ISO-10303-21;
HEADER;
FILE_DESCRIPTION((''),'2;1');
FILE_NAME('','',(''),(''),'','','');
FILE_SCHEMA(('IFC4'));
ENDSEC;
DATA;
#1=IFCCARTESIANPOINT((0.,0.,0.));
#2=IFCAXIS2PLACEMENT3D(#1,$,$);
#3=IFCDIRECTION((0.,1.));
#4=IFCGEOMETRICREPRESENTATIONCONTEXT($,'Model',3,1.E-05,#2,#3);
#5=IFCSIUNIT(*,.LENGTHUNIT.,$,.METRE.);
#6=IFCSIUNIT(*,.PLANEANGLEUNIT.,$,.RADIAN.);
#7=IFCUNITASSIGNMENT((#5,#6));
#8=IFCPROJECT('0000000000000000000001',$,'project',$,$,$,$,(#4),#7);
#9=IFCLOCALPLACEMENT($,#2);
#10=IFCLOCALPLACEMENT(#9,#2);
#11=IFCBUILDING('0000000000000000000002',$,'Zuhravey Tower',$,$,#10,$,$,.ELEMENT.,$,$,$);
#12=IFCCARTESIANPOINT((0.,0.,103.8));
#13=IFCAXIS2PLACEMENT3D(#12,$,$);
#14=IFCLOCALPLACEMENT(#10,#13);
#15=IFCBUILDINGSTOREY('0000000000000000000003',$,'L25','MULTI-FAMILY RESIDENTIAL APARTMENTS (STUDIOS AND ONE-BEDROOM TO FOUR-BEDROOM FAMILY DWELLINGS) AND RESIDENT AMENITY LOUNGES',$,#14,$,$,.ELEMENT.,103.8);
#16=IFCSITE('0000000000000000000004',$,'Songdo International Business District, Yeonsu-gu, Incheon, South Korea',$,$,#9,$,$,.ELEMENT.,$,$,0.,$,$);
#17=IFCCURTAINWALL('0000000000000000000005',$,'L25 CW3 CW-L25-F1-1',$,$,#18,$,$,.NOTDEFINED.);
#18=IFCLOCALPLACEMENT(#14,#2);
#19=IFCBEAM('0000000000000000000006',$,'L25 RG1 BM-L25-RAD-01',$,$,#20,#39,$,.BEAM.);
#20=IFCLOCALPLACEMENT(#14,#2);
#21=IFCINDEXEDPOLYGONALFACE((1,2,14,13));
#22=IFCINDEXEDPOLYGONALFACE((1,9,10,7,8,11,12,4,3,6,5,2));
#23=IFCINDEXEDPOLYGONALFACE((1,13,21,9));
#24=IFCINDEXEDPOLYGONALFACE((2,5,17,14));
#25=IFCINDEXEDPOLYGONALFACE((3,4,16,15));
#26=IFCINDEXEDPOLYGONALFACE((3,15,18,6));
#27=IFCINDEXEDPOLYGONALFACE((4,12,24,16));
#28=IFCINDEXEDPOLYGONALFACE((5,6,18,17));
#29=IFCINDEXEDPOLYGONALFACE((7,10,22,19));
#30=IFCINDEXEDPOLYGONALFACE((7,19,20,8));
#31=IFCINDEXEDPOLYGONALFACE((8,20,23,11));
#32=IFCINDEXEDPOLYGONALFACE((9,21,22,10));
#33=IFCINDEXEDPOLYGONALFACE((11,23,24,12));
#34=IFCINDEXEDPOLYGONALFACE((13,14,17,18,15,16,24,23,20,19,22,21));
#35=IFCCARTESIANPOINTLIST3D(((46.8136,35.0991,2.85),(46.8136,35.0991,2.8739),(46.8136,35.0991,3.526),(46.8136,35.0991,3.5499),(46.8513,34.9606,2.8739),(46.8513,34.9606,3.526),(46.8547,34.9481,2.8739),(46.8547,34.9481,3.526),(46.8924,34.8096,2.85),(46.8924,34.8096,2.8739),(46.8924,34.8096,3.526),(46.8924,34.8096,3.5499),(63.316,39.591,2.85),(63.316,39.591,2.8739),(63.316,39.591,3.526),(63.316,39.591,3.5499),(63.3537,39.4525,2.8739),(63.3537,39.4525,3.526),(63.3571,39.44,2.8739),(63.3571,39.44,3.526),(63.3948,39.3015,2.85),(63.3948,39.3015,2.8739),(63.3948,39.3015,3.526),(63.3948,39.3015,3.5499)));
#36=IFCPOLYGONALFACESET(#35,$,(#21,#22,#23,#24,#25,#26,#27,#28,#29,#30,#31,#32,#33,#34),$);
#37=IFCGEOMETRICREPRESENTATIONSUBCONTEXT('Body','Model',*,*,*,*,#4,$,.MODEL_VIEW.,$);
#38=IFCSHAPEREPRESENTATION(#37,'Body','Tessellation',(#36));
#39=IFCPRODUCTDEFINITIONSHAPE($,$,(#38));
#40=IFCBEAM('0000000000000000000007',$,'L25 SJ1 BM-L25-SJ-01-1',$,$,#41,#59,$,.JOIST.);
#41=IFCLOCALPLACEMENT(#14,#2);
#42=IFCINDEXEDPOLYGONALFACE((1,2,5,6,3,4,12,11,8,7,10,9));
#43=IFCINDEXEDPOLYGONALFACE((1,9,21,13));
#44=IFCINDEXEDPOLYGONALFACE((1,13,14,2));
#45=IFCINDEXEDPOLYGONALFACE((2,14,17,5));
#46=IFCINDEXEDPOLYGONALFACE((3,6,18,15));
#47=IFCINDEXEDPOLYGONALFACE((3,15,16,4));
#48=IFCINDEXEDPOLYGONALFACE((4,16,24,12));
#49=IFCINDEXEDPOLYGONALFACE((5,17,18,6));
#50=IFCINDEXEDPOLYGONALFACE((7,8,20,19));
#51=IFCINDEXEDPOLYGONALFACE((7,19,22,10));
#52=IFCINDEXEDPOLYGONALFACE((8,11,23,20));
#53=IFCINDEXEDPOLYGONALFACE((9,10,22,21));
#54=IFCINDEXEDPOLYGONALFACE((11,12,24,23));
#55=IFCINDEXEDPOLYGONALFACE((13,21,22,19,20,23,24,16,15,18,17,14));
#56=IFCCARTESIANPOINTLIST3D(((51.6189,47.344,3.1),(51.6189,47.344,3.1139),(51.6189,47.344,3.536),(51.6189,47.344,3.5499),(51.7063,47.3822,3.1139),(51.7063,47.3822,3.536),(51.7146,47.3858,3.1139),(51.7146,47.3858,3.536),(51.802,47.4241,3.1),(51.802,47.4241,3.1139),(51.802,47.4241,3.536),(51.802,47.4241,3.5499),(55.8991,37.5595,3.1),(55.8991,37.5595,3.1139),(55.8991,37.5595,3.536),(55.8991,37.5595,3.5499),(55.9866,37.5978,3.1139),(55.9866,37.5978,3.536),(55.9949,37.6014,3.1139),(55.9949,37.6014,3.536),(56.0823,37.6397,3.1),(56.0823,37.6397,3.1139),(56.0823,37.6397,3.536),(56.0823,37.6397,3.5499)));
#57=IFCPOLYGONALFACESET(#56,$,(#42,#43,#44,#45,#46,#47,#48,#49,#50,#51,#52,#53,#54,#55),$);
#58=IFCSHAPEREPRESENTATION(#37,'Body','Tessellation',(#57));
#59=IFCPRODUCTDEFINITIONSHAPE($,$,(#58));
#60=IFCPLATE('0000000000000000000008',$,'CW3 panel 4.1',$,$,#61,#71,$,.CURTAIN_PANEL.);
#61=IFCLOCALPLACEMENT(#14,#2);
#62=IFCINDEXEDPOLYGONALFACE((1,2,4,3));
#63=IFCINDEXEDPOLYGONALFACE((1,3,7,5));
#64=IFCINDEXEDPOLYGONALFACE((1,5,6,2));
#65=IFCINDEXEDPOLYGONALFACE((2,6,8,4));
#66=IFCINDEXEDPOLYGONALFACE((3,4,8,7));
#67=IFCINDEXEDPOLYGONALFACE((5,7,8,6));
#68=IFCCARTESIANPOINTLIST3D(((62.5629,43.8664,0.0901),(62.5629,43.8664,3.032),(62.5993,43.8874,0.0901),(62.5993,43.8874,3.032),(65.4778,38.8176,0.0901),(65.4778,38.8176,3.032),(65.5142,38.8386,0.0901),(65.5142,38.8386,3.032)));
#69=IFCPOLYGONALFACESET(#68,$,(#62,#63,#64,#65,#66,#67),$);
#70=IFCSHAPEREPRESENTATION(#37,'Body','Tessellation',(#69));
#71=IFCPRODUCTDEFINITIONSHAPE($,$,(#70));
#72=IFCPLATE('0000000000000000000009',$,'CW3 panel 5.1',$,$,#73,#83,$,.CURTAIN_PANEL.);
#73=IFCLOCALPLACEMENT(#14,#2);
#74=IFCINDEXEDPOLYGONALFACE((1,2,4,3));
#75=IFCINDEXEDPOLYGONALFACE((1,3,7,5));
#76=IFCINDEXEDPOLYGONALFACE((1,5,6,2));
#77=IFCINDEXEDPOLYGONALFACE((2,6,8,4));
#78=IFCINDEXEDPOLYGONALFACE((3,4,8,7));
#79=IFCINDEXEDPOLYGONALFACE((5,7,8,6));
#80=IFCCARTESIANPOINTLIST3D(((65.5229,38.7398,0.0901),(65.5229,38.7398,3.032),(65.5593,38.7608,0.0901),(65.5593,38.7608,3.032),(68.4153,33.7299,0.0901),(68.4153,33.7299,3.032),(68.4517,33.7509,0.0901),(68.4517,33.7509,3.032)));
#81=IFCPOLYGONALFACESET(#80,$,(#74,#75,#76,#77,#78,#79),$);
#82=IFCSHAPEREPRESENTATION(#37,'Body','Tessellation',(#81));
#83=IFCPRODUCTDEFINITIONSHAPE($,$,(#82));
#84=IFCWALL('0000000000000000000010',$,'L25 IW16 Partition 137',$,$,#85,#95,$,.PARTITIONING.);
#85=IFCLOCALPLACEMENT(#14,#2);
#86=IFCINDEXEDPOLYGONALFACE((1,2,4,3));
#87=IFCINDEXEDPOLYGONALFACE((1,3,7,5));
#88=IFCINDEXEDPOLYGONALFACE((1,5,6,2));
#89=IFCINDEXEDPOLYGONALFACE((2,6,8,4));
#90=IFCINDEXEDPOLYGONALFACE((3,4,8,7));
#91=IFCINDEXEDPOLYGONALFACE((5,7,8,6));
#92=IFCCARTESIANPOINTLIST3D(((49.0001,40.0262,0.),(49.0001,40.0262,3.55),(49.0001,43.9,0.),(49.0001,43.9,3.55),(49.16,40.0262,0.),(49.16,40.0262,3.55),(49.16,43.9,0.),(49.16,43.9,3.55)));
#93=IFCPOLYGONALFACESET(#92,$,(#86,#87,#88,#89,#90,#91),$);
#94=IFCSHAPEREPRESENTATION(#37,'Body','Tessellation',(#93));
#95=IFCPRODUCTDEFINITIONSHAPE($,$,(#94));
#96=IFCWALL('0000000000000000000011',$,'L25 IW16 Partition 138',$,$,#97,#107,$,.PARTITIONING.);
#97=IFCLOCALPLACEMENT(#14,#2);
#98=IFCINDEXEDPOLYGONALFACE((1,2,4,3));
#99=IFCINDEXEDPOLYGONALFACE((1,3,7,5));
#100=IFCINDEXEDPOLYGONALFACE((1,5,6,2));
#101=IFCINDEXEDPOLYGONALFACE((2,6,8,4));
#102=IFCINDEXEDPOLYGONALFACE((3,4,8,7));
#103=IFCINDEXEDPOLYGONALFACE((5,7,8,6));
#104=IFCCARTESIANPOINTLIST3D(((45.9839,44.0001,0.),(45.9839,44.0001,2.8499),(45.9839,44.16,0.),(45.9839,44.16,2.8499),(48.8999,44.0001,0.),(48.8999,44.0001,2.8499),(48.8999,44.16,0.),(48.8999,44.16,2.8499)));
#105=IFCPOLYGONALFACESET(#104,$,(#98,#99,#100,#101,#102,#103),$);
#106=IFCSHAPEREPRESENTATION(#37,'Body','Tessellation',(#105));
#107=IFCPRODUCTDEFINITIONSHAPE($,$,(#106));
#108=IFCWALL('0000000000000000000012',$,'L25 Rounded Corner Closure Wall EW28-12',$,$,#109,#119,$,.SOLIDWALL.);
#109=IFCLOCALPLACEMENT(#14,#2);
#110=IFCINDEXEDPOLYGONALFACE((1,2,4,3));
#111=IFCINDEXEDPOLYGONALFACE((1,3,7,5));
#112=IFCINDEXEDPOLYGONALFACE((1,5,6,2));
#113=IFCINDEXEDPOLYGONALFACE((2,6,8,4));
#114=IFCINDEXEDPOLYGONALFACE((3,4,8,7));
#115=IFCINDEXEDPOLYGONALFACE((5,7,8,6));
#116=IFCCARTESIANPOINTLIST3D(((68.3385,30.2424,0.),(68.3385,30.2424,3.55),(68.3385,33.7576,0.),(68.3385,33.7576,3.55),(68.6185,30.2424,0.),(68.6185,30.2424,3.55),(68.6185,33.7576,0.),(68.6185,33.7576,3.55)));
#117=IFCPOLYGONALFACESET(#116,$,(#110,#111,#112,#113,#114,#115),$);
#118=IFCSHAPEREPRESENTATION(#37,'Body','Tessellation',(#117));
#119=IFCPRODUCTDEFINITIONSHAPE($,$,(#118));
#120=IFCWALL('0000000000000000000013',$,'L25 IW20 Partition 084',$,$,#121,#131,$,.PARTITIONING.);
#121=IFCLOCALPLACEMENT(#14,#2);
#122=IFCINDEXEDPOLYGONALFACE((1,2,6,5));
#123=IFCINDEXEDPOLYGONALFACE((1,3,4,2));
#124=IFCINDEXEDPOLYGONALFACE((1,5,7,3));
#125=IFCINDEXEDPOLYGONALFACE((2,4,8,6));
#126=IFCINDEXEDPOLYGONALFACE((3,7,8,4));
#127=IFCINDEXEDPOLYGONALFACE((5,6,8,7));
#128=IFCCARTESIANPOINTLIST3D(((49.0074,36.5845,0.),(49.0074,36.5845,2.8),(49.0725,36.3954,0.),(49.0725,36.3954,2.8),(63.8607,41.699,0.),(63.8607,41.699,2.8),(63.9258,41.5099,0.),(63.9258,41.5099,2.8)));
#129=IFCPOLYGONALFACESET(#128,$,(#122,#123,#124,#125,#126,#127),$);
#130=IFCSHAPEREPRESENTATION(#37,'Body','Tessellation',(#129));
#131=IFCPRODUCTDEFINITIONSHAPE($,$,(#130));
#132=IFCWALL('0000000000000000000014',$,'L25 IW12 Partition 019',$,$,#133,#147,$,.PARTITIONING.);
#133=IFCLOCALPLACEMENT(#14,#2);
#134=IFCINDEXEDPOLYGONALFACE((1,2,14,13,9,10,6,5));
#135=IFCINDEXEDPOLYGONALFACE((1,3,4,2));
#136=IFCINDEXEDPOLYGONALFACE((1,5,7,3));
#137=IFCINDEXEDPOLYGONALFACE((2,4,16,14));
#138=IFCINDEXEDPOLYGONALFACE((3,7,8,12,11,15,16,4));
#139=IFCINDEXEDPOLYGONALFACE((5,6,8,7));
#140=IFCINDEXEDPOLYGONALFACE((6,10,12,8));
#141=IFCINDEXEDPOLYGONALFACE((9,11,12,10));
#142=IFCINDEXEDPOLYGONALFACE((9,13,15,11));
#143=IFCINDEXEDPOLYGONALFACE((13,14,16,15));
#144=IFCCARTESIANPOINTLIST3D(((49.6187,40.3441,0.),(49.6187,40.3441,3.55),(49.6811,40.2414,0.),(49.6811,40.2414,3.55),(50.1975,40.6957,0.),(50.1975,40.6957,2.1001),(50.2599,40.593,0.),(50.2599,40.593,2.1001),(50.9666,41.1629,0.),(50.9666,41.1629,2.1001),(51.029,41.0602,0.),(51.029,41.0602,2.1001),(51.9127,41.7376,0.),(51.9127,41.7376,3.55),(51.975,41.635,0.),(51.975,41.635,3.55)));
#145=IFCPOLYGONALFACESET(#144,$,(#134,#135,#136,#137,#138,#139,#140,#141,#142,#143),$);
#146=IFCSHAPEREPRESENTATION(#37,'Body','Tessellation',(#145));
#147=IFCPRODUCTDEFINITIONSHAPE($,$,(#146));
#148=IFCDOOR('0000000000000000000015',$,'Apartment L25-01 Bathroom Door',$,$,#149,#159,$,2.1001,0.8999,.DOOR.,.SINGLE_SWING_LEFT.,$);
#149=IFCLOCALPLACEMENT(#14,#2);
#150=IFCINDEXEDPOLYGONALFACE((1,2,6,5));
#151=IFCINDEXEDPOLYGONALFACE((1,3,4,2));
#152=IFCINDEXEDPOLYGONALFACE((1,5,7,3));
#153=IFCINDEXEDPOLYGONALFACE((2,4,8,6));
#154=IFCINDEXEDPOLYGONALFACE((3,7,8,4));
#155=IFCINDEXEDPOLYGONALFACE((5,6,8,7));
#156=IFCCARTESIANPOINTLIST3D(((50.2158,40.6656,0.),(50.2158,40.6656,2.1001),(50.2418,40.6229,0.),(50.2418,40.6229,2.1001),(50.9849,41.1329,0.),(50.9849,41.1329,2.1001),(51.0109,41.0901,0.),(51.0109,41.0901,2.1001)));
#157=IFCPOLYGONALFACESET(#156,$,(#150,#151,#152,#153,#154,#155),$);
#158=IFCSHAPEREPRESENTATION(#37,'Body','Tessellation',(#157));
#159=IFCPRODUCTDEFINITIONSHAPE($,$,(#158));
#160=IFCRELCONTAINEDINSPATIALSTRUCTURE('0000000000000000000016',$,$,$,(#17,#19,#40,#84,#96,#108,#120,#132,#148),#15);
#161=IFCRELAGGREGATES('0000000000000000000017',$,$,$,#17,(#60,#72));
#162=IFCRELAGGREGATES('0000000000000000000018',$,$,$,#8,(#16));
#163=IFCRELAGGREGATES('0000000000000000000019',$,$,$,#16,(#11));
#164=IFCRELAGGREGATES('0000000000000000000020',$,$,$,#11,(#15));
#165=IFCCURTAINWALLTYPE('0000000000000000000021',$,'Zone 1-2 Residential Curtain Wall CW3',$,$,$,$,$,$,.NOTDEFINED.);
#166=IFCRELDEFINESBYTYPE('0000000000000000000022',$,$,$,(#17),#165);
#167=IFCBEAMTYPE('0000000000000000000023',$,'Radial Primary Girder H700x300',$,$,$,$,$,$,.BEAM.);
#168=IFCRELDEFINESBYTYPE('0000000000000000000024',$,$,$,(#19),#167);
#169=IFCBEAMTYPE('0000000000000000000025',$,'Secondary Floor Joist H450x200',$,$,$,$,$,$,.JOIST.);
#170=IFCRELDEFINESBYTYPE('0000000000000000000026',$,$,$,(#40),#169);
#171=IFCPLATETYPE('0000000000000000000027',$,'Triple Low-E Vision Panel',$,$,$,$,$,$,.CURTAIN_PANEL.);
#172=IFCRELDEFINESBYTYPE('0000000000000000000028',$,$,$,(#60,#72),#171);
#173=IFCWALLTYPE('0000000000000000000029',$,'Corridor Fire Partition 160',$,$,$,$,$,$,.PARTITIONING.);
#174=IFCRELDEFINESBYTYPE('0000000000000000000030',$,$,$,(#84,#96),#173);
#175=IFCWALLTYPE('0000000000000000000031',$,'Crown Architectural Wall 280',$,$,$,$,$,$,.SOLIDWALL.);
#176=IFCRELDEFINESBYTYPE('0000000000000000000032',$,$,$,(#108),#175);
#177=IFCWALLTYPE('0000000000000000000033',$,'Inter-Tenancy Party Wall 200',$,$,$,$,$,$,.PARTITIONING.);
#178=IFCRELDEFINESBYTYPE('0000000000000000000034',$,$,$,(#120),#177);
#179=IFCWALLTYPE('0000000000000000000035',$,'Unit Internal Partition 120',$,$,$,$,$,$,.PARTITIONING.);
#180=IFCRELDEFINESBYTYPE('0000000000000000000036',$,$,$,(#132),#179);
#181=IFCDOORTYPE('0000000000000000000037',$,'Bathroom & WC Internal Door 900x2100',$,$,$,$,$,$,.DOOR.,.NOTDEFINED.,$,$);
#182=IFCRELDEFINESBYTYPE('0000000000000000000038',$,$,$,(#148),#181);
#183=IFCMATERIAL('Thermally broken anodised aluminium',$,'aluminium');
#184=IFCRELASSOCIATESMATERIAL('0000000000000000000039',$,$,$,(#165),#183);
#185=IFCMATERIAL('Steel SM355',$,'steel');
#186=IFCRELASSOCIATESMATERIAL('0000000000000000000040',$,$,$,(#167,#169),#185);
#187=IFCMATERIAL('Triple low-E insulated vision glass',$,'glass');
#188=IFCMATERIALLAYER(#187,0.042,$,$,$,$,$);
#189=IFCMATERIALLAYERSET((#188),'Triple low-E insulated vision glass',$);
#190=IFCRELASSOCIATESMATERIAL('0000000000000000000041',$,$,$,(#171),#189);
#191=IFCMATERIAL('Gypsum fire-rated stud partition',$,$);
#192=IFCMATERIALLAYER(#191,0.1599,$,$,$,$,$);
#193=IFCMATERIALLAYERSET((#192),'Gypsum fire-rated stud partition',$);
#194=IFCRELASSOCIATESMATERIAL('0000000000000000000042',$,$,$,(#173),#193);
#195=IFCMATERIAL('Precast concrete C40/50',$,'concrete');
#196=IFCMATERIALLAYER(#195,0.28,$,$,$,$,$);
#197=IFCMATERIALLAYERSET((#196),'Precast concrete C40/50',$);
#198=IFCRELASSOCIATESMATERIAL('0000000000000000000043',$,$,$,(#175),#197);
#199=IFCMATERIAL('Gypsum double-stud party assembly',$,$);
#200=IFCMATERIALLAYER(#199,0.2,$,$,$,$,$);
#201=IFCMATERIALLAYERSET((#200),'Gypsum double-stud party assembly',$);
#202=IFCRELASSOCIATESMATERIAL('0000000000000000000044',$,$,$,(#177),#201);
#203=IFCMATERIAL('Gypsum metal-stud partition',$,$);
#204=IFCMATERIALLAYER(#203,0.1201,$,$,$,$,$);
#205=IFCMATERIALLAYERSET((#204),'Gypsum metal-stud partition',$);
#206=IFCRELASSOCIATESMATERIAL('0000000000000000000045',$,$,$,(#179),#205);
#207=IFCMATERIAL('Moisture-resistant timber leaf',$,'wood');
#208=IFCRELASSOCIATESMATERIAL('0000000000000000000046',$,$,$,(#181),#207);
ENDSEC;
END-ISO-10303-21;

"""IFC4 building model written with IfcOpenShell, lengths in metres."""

from ifc_helpers import new_model, si_unit, direction, frame, frame_2d, origin, origin_2d, place, context, subcontext, project, spatial, rectangle, i_section, extrude, material, layer, layer_set, material_profile, profile_set, type_object, element, fill, aggregate, save


model = new_model("IFC4")

# Units and contexts
model_context = context("Model", 3, precision=1e-05, world=origin(), true_north=direction((0.0, 1.0)))
body_context = subcontext(model_context, "Body", "Model", "MODEL_VIEW")
ifc_project = project(units=[si_unit("LENGTHUNIT", "METRE"), si_unit("PLANEANGLEUNIT", "RADIAN")], contexts=[model_context])

# Site, building, storey
site_placement = place(None, origin())
site = spatial("IfcSite", under=ifc_project, at=site_placement, Name="Songdo International Business District, Yeonsu-gu, Incheon, South Korea", CompositionType="ELEMENT", RefElevation=0.0)
building_placement = place(site_placement, origin())
building = spatial("IfcBuilding", under=site, at=building_placement, Name="Zuhravey Tower", CompositionType="ELEMENT")
storey_placement = place(building_placement, frame((0.0, 0.0, 103.8)))
storey = spatial("IfcBuildingStorey", under=building, at=storey_placement, Name="L25", Description="MULTI-FAMILY RESIDENTIAL APARTMENTS (STUDIOS AND ONE-BEDROOM TO FOUR-BEDROOM FAMILY DWELLINGS) AND RESIDENT AMENITY LOUNGES", CompositionType="ELEMENT", Elevation=103.8)

# Curtain wall
ifc_material_1 = material(Name="Thermally broken anodised aluminium", Category="aluminium")
curtain_wall_type = type_object("IfcCurtainWallType", Name="Zone 1-2 Residential Curtain Wall CW3", PredefinedType="NOTDEFINED", material=ifc_material_1)
curtain_wall_placement = place(storey_placement, origin())
curtain_wall = element("IfcCurtainWall", 1, at=curtain_wall_placement, inside=storey, type_object=curtain_wall_type, Name="L25 CW3 CW-L25-F1-1", PredefinedType="NOTDEFINED")

# Beams
ifc_material_2 = material(Name="Steel SM355", Category="steel")
ifc_material_profile_1 = material_profile(ifc_material_2, i_section(OverallWidth=0.3, OverallDepth=0.7, WebThickness=0.0129, FlangeThickness=0.0239, at=origin_2d()), Name="H-700x300x13x24")
ifc_profile_set_1 = profile_set([ifc_material_profile_1], Name="Steel SM355")
beam_type_1 = type_object("IfcBeamType", Name="Radial Primary Girder H700x300", PredefinedType="BEAM", material=ifc_profile_set_1)
beam_1_placement = place(storey_placement, frame((46.853, 34.9543, 3.2), z_axis=(0.964893, 0.262643, 0.0), x_axis=(-0.262643, 0.964893, 0.0)))
element("IfcBeam", 2, at=beam_1_placement, inside=storey, type_object=beam_type_1, Name="L25 RG1 BM-L25-RAD-01", PredefinedType="BEAM", context=body_context, shape_type="SweptSolid", body=[
    extrude(i_section(OverallWidth=0.3, OverallDepth=0.7, WebThickness=0.0129, FlangeThickness=0.0239, at=origin_2d()), origin(), (0.0, 0.0, 1.0), 17.1028),
])
ifc_material_profile_2 = material_profile(ifc_material_2, i_section(OverallWidth=0.2, OverallDepth=0.45, WebThickness=0.009, FlangeThickness=0.0139, at=origin_2d()), Name="H-450x200x9x14")
ifc_profile_set_2 = profile_set([ifc_material_profile_2], Name="Steel SM355")
beam_type_2 = type_object("IfcBeamType", Name="Secondary Floor Joist H450x200", PredefinedType="JOIST", material=ifc_profile_set_2)
beam_2_placement = place(storey_placement, frame((55.9907, 37.5996, 3.325), z_axis=(-0.400786, 0.916172, 0.0), x_axis=(-0.916172, -0.400786, 0.0)))
element("IfcBeam", 3, at=beam_2_placement, inside=storey, type_object=beam_type_2, Name="L25 SJ1 BM-L25-SJ-01-1", PredefinedType="JOIST", context=body_context, shape_type="SweptSolid", body=[
    extrude(i_section(OverallWidth=0.2, OverallDepth=0.45, WebThickness=0.009, FlangeThickness=0.0139, at=origin_2d()), origin(), (0.0, 0.0, 1.0), 10.6797),
])

# Plates
ifc_material_3 = material(Name="Triple low-E insulated vision glass", Category="glass")
ifc_layer_1 = layer(ifc_material_3, 0.042)
ifc_layer_set_1 = layer_set([ifc_layer_1], Name="Triple low-E insulated vision glass")
plate_type = type_object("IfcPlateType", Name="Triple Low-E Vision Panel", PredefinedType="CURTAIN_PANEL", material=ifc_layer_set_1)
plate_1_placement = place(storey_placement, frame((64.0386, 41.3525, 0.0901), z_axis=(0.0, 0.0, 1.0), x_axis=(0.5, -0.866026, 0.0)))
plate_1 = element("IfcPlate", 4, at=plate_1_placement, type_object=plate_type, Name="CW3 panel 4.1", PredefinedType="CURTAIN_PANEL", context=body_context, shape_type="SweptSolid", body=[
    extrude(rectangle(XDim=5.8298, YDim=0.042, at=origin_2d()), origin(), (0.0, 0.0, 1.0), 2.9419),
])
plate_2_placement = place(storey_placement, frame((66.9873, 36.2454, 0.0901), z_axis=(0.0, 0.0, 1.0), x_axis=(0.5, -0.866026, 0.0)))
plate_2 = element("IfcPlate", 5, at=plate_2_placement, type_object=plate_type, Name="CW3 panel 5.1", PredefinedType="CURTAIN_PANEL", context=body_context, shape_type="SweptSolid", body=[
    extrude(rectangle(XDim=5.7849, YDim=0.042, at=origin_2d()), origin(), (0.0, 0.0, 1.0), 2.9419),
])
aggregate(curtain_wall, [plate_1, plate_2])

# Shared definitions
ifc_material_4 = material(Name="Gypsum fire-rated stud partition")
ifc_layer_2 = layer(ifc_material_4, 0.1599)
ifc_layer_set_2 = layer_set([ifc_layer_2], Name="Gypsum fire-rated stud partition")
wall_type_1 = type_object("IfcWallType", Name="Corridor Fire Partition 160", PredefinedType="PARTITIONING", material=ifc_layer_set_2)

# Walls
wall_1_placement = place(storey_placement, frame((49.0801, 40.0261, 0.0), z_axis=(0.0, 0.0, 1.0), x_axis=(0.0, 1.0, 0.0)))
element("IfcWall", 6, at=wall_1_placement, inside=storey, type_object=wall_type_1, Name="L25 IW16 Partition 137", PredefinedType="PARTITIONING", context=body_context, shape_type="SweptSolid", body=[
    extrude(rectangle(XDim=3.8738, YDim=0.1599, at=frame_2d((1.937, 0.0))), origin(), (0.0, 0.0, 1.0), 3.55),
])
wall_2_placement = place(storey_placement, frame((48.8999, 44.0801, 0.0), z_axis=(0.0, 0.0, 1.0), x_axis=(-1.0, 0.0, 0.0)))
element("IfcWall", 7, at=wall_2_placement, inside=storey, type_object=wall_type_1, Name="L25 IW16 Partition 138", PredefinedType="PARTITIONING", context=body_context, shape_type="SweptSolid", body=[
    extrude(rectangle(XDim=2.916, YDim=0.1599, at=frame_2d((1.458, 0.0))), origin(), (0.0, 0.0, 1.0), 2.8499),
])
ifc_material_5 = material(Name="Precast concrete C40/50", Category="concrete")
ifc_layer_3 = layer(ifc_material_5, 0.28)
ifc_layer_set_3 = layer_set([ifc_layer_3], Name="Precast concrete C40/50")
wall_type_2 = type_object("IfcWallType", Name="Crown Architectural Wall 280", PredefinedType="SOLIDWALL", material=ifc_layer_set_3)
wall_3_placement = place(storey_placement, frame((68.4785, 33.7576, 0.0), z_axis=(0.0, 0.0, 1.0), x_axis=(0.0, -1.0, 0.0)))
element("IfcWall", 8, at=wall_3_placement, inside=storey, type_object=wall_type_2, Name="L25 Rounded Corner Closure Wall EW28-12", PredefinedType="SOLIDWALL", context=body_context, shape_type="SweptSolid", body=[
    extrude(rectangle(XDim=3.5151, YDim=0.28, at=frame_2d((1.7576, 0.0))), origin(), (0.0, 0.0, 1.0), 3.55),
])
ifc_material_6 = material(Name="Gypsum double-stud party assembly")
ifc_layer_4 = layer(ifc_material_6, 0.2)
ifc_layer_set_4 = layer_set([ifc_layer_4], Name="Gypsum double-stud party assembly")
wall_type_3 = type_object("IfcWallType", Name="Inter-Tenancy Party Wall 200", PredefinedType="PARTITIONING", material=ifc_layer_set_4)
wall_4_placement = place(storey_placement, frame((49.04, 36.49, 0.0), z_axis=(0.0, 0.0, 1.0), x_axis=(0.945516, 0.325574, 0.0)))
element("IfcWall", 9, at=wall_4_placement, inside=storey, type_object=wall_type_3, Name="L25 IW20 Partition 084", PredefinedType="PARTITIONING", context=body_context, shape_type="SweptSolid", body=[
    extrude(rectangle(XDim=15.7092, YDim=0.2, at=frame_2d((7.8545, 0.0))), origin(), (0.0, 0.0, 1.0), 2.8),
])

# Wall, opening, door
ifc_material_7 = material(Name="Gypsum metal-stud partition")
ifc_layer_5 = layer(ifc_material_7, 0.1201)
ifc_layer_set_5 = layer_set([ifc_layer_5], Name="Gypsum metal-stud partition")
wall_type_4 = type_object("IfcWallType", Name="Unit Internal Partition 120", PredefinedType="PARTITIONING", material=ifc_layer_set_5)
wall_5_placement = place(storey_placement, frame((49.6499, 40.2927, 0.0), z_axis=(0.0, 0.0, 1.0), x_axis=(0.854655, 0.519196, 0.0)))
wall_5 = element("IfcWall", 10, at=wall_5_placement, inside=storey, type_object=wall_type_4, Name="L25 IW12 Partition 019", PredefinedType="PARTITIONING", context=body_context, shape_type="SweptSolid", body=[
    extrude(rectangle(XDim=2.6841, YDim=0.1201, at=frame_2d((1.342, 0.0))), origin(), (0.0, 0.0, 1.0), 3.55),
])
opening_1_placement = place(wall_5_placement, frame((0.6772, 0.0, 0.0)))
opening_1 = element("IfcOpeningElement", 11, at=opening_1_placement, cuts=wall_5, PredefinedType="OPENING", context=body_context, shape_type="SweptSolid", body=[
    extrude(rectangle(XDim=0.8999, YDim=2.1001, at=frame_2d((0.45, 1.05))), frame((0.0, 0.072, 0.0), z_axis=(0.0, -1.0, 0.0), x_axis=(1.0, 0.0, 0.0)), (0.0, 0.0, 1.0), 0.144),
])
ifc_material_8 = material(Name="Moisture-resistant timber leaf", Category="wood")
door_type_1 = type_object("IfcDoorType", Name="Bathroom & WC Internal Door 900x2100", OperationType="NOTDEFINED", PredefinedType="DOOR", material=ifc_material_8)
door_1_placement = place(opening_1_placement, origin())
door_1 = element("IfcDoor", 12, at=door_1_placement, inside=storey, type_object=door_type_1, Name="Apartment L25-01 Bathroom Door", OperationType="SINGLE_SWING_LEFT", OverallHeight=2.1001, OverallWidth=0.8999, PredefinedType="DOOR", context=body_context, shape_type="SweptSolid", body=[
    extrude(rectangle(XDim=0.8999, YDim=2.1001, at=frame_2d((0.45, 1.05))), frame((0.0, 0.0249, 0.0), z_axis=(0.0, -1.0, 0.0), x_axis=(1.0, 0.0, 0.0)), (0.0, 0.0, 1.0), 0.05),
])
fill(opening_1, door_1)

save(model, "model.ifc")
